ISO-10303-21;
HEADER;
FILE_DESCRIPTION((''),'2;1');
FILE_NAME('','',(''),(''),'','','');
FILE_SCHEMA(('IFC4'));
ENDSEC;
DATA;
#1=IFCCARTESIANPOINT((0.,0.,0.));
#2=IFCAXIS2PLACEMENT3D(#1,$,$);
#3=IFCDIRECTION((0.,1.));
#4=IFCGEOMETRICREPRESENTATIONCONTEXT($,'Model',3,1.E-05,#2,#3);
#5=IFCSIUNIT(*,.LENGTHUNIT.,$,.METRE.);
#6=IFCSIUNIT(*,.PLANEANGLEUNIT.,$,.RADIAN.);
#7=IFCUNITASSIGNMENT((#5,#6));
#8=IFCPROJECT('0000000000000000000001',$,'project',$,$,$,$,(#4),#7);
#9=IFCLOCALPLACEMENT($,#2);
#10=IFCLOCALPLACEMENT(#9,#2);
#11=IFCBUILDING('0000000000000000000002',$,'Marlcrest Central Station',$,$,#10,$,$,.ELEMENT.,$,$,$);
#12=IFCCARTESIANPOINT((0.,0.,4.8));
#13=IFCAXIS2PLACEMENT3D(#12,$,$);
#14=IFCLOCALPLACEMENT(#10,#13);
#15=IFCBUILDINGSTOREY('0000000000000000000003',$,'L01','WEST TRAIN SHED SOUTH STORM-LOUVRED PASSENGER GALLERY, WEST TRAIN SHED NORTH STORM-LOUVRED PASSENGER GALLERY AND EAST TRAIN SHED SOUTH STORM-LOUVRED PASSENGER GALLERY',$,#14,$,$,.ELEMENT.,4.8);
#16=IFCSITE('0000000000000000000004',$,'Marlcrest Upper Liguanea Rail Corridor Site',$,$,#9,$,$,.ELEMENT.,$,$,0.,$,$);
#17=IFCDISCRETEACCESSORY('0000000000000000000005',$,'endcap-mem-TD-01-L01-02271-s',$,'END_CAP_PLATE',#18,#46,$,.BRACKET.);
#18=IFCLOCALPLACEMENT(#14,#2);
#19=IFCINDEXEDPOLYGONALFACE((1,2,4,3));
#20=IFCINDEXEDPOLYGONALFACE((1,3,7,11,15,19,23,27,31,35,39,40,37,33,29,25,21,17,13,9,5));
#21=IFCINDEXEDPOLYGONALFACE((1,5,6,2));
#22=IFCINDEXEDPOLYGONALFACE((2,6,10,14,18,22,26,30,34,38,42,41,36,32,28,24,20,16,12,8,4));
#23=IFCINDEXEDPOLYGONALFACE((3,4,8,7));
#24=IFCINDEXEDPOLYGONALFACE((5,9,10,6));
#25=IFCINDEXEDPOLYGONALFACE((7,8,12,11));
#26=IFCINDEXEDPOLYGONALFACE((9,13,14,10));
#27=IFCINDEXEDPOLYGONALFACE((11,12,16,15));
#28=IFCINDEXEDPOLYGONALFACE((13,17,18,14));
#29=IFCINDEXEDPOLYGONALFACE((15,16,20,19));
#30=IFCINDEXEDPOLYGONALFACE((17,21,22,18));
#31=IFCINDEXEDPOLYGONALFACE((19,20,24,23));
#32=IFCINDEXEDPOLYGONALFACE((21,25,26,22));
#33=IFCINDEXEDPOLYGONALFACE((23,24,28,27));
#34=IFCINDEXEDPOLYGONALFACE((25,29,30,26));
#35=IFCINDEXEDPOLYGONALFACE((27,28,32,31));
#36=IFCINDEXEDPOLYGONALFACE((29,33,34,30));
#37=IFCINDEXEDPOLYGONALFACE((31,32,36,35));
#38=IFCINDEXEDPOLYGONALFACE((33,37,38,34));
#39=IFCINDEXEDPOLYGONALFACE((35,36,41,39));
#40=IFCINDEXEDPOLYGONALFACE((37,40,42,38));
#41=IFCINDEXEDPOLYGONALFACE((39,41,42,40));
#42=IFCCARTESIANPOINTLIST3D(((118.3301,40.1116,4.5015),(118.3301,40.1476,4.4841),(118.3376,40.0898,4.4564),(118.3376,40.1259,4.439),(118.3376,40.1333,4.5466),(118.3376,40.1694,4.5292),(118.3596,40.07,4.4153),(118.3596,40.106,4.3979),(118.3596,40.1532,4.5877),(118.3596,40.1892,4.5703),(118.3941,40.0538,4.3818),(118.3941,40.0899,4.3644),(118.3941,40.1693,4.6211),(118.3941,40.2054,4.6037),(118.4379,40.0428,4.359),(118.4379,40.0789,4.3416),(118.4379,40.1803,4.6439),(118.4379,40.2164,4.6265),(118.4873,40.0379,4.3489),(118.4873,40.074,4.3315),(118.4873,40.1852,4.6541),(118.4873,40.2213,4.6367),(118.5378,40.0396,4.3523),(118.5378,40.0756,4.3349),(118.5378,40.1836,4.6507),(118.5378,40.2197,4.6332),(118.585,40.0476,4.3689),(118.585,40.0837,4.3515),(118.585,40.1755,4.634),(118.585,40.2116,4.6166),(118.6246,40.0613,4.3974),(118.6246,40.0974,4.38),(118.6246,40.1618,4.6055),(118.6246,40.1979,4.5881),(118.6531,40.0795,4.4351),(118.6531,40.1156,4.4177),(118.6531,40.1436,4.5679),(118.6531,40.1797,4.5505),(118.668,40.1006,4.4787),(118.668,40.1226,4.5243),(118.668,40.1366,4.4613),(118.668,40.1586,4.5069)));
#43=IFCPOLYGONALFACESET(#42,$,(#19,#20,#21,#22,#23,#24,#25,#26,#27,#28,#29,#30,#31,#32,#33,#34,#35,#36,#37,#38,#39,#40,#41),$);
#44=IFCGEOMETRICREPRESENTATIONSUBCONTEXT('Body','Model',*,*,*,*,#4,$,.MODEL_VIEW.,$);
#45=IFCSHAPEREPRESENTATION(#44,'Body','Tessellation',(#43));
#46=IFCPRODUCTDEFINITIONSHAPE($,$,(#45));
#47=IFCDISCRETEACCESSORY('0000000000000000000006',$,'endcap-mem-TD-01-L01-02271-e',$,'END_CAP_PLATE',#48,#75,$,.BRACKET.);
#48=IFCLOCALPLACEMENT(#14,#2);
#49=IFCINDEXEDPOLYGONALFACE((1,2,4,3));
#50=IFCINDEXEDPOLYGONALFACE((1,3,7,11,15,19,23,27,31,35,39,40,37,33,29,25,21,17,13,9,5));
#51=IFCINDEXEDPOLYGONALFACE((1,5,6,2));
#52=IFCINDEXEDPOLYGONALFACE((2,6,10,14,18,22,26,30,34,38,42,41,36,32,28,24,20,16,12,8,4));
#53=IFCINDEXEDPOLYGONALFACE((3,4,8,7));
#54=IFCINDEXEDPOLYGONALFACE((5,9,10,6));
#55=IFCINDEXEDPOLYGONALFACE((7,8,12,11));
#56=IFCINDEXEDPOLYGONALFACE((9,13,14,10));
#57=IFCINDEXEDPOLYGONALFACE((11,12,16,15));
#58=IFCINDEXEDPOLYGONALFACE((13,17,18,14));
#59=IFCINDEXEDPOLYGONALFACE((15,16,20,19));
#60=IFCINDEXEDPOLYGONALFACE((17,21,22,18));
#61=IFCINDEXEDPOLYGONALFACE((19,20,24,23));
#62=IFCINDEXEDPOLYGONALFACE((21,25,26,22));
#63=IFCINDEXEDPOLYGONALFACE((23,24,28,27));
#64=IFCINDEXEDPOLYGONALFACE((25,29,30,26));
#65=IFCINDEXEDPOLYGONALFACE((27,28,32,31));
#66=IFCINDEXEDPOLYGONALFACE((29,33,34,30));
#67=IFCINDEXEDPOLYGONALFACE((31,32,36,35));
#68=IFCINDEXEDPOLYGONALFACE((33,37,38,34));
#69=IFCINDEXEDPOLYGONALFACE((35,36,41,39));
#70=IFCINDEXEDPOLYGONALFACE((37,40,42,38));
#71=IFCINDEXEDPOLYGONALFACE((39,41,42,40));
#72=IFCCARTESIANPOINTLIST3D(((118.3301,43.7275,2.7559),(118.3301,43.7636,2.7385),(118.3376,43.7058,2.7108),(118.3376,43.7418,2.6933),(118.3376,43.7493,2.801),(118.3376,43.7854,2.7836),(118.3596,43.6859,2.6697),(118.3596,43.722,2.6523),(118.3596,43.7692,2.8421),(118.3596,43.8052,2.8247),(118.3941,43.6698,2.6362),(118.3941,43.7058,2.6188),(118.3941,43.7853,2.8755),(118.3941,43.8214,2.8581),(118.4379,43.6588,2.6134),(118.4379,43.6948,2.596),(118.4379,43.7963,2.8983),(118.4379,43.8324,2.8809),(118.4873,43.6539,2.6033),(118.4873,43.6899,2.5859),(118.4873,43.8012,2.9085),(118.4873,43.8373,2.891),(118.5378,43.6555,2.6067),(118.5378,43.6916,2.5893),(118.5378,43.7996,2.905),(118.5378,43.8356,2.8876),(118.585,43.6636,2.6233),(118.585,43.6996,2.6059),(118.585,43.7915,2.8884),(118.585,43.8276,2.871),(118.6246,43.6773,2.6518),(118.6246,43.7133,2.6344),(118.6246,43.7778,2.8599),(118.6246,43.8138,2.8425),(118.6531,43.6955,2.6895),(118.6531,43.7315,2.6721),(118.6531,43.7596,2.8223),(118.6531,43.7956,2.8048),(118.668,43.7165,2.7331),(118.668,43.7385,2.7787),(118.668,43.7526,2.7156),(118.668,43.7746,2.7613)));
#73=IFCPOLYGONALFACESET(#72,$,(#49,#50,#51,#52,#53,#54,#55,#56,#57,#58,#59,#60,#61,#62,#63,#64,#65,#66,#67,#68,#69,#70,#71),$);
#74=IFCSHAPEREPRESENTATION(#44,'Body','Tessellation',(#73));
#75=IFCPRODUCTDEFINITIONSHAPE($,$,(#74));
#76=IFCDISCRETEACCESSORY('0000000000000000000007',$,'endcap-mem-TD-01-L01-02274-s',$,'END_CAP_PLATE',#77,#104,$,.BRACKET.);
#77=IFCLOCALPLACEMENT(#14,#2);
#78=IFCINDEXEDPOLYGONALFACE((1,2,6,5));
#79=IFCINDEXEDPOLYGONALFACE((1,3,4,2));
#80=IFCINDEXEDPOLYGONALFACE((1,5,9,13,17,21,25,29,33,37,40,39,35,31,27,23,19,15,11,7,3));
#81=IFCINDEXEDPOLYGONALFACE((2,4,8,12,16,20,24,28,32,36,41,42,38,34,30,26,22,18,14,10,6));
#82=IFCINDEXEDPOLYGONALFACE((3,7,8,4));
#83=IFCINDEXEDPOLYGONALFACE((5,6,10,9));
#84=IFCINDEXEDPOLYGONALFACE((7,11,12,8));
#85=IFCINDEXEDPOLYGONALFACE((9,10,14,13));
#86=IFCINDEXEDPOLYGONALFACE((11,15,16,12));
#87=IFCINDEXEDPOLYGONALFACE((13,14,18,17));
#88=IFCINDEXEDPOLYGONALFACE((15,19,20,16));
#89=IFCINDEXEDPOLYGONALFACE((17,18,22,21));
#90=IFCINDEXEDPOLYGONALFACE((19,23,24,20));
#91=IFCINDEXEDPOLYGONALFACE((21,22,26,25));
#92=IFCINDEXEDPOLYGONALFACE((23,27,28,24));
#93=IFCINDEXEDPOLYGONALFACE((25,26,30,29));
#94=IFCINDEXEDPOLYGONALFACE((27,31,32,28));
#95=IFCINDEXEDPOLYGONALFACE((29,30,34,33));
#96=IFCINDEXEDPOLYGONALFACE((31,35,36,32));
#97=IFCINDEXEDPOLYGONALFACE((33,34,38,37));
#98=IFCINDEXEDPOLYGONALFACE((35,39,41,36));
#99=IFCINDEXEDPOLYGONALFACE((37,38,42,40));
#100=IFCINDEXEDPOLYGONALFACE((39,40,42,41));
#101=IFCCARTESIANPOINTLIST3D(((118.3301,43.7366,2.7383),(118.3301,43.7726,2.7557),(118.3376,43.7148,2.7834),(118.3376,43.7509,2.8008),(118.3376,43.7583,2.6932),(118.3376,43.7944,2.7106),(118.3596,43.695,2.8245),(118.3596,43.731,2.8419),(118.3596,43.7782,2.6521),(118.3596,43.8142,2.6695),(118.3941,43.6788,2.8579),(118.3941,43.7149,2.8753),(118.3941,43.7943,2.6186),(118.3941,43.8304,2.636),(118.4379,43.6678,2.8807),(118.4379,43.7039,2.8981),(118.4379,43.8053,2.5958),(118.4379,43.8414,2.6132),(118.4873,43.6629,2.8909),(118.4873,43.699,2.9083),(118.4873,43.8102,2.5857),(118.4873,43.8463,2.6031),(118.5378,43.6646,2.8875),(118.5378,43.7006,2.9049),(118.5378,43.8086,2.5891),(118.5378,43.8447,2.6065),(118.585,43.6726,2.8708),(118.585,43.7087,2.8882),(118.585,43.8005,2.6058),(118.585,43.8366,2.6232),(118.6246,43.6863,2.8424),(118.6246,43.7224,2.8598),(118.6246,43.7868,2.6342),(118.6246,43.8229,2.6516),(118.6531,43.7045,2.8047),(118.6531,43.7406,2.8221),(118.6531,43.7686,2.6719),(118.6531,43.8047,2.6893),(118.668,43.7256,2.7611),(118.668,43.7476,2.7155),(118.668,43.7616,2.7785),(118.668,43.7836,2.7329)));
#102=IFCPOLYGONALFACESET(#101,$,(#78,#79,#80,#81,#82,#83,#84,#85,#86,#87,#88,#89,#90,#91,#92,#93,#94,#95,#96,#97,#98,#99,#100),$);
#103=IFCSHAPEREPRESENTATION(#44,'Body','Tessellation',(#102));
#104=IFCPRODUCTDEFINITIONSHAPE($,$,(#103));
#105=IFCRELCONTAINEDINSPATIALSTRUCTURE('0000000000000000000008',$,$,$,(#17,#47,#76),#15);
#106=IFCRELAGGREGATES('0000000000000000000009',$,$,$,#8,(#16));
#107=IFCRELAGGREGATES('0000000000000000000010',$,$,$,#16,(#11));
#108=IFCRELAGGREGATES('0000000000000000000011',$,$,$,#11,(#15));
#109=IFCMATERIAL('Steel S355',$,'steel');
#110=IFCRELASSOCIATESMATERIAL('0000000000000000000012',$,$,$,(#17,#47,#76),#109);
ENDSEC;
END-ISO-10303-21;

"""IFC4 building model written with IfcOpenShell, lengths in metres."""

from ifc_helpers import new_model, si_unit, direction, frame, origin, origin_2d, place, context, subcontext, project, spatial, circle, extrude, material, element, save


model = new_model("IFC4")

# Units and contexts
model_context = context("Model", 3, precision=1e-05, world=origin(), true_north=direction((0.0, 1.0)))
body_context = subcontext(model_context, "Body", "Model", "MODEL_VIEW")
ifc_project = project(units=[si_unit("LENGTHUNIT", "METRE"), si_unit("PLANEANGLEUNIT", "RADIAN")], contexts=[model_context])

# Site, building, storey
site_placement = place(None, origin())
site = spatial("IfcSite", under=ifc_project, at=site_placement, Name="Marlcrest Upper Liguanea Rail Corridor Site", CompositionType="ELEMENT", RefElevation=0.0)
building_placement = place(site_placement, origin())
building = spatial("IfcBuilding", under=site, at=building_placement, Name="Marlcrest Central Station", CompositionType="ELEMENT")
storey_placement = place(building_placement, frame((0.0, 0.0, 4.8)))
storey = spatial("IfcBuildingStorey", under=building, at=storey_placement, Name="L01", Description="WEST TRAIN SHED SOUTH STORM-LOUVRED PASSENGER GALLERY, WEST TRAIN SHED NORTH STORM-LOUVRED PASSENGER GALLERY AND EAST TRAIN SHED SOUTH STORM-LOUVRED PASSENGER GALLERY", CompositionType="ELEMENT", Elevation=4.8)

# Shared definitions
ifc_material = material(Name="Steel S355", Category="steel")

# Discrete accessories
for number, where, z_axis, x_axis, name in (
    (1, (118.5, 40.1116, 4.5015), (0.0, 0.900552, -0.434749), (-1.0, 0.0, 0.0), "endcap-mem-TD-01-L01-02271-s"),
    (2, (118.5, 43.7275, 2.7559), (0.0, 0.900552, -0.434749), (-1.0, 0.0, 0.0), "endcap-mem-TD-01-L01-02271-e"),
    (3, (118.5, 43.7366, 2.7383), (0.0, 0.900552, 0.434749), (-1.0, 0.0, 0.0), "endcap-mem-TD-01-L01-02274-s"),
):
    element("IfcDiscreteAccessory", number, at=place(storey_placement, frame(where, z_axis=z_axis, x_axis=x_axis)), inside=storey, material=ifc_material, Name=name, ObjectType="END_CAP_PLATE", PredefinedType="BRACKET", context=body_context, shape_type="SweptSolid", body=[
        extrude(circle(Radius=0.1699, at=origin_2d()), origin(), (0.0, 0.0, 1.0), 0.04),
    ])

save(model, "model.ifc")
